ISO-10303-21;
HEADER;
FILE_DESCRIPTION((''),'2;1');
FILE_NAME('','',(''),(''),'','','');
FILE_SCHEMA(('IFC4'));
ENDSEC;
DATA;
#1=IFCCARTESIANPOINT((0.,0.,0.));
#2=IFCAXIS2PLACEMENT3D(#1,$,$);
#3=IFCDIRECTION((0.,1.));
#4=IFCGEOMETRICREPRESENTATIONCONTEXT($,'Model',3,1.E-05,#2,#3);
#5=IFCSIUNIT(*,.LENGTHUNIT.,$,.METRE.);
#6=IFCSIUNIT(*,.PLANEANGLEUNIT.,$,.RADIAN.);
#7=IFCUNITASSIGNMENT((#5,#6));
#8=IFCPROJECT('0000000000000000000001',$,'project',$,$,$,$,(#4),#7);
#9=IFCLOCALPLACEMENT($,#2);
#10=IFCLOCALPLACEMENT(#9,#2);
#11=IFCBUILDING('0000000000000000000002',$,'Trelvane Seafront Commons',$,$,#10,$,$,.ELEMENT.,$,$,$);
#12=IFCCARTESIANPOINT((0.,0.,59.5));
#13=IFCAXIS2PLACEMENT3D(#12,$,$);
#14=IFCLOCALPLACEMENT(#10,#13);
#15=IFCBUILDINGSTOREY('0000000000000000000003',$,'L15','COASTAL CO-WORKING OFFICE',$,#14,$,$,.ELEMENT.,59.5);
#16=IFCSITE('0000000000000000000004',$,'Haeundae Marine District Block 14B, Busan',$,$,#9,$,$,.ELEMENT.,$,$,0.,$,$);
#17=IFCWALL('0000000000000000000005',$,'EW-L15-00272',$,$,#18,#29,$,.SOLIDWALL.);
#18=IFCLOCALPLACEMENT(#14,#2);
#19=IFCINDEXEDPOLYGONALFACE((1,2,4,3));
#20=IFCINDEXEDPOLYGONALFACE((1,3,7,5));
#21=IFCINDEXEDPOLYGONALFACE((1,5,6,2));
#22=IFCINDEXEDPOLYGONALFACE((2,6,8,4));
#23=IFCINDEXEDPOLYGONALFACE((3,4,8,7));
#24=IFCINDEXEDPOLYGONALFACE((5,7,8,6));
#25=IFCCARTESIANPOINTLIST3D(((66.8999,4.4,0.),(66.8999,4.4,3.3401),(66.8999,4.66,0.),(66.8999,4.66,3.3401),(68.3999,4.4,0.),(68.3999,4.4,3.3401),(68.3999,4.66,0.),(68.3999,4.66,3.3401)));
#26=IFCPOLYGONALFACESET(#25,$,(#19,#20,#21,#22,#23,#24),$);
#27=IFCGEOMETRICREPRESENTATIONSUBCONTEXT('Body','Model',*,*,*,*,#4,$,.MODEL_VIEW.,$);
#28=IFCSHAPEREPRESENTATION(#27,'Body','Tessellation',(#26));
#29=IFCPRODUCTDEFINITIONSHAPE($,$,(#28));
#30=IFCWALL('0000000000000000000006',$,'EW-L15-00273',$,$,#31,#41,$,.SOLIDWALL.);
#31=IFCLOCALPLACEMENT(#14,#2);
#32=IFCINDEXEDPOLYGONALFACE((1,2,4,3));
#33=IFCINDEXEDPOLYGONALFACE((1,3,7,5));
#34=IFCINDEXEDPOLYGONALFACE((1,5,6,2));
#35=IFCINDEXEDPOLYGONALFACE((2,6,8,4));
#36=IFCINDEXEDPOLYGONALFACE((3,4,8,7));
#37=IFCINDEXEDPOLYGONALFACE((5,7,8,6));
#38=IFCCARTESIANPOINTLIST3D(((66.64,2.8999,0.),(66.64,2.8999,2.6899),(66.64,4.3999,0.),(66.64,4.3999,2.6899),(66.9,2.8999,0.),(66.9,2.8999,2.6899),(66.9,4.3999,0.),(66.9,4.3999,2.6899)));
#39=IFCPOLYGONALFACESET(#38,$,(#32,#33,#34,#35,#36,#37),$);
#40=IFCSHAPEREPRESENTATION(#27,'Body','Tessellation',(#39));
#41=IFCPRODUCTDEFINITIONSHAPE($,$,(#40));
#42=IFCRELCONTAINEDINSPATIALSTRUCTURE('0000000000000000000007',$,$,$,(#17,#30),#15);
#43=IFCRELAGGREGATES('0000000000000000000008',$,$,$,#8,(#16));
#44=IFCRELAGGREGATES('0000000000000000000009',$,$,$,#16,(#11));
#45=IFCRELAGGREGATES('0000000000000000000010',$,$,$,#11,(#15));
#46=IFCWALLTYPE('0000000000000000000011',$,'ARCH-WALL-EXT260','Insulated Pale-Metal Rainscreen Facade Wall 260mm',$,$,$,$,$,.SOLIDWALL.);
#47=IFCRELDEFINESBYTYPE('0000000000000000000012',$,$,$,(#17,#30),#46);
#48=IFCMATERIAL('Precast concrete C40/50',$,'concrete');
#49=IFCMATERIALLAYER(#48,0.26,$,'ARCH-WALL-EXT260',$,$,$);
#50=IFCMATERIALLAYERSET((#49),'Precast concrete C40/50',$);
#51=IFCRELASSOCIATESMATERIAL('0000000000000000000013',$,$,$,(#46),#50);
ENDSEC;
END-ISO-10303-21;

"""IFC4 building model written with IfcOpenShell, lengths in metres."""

from ifc_helpers import new_model, si_unit, direction, frame, frame_2d, origin, place, context, subcontext, project, spatial, rectangle, extrude, material, layer, layer_set, type_object, element, save


model = new_model("IFC4")

# Units and contexts
model_context = context("Model", 3, precision=1e-05, world=origin(), true_north=direction((0.0, 1.0)))
body_context = subcontext(model_context, "Body", "Model", "MODEL_VIEW")
ifc_project = project(units=[si_unit("LENGTHUNIT", "METRE"), si_unit("PLANEANGLEUNIT", "RADIAN")], contexts=[model_context])

# Site, building, storey
site_placement = place(None, origin())
site = spatial("IfcSite", under=ifc_project, at=site_placement, Name="Haeundae Marine District Block 14B, Busan", CompositionType="ELEMENT", RefElevation=0.0)
building_placement = place(site_placement, origin())
building = spatial("IfcBuilding", under=site, at=building_placement, Name="Trelvane Seafront Commons", CompositionType="ELEMENT")
storey_placement = place(building_placement, frame((0.0, 0.0, 59.5)))
storey = spatial("IfcBuildingStorey", under=building, at=storey_placement, Name="L15", Description="COASTAL CO-WORKING OFFICE", CompositionType="ELEMENT", Elevation=59.5)

# Walls
ifc_material_1 = material(Name="Precast concrete C40/50", Category="concrete")
ifc_layer_1 = layer(ifc_material_1, 0.26, Name="ARCH-WALL-EXT260")
ifc_layer_set_1 = layer_set([ifc_layer_1], Name="Precast concrete C40/50")
wall_type_1 = type_object("IfcWallType", Name="ARCH-WALL-EXT260", Description="Insulated Pale-Metal Rainscreen Facade Wall 260mm", PredefinedType="SOLIDWALL", material=ifc_layer_set_1)
for number, where, z_axis, x_axis, name in (
    (1, (68.3999, 4.53, 0.0), (0.0, 0.0, 1.0), (-1.0, 0.0, 0.0), "EW-L15-00272"),
):
    element("IfcWall", number, at=place(storey_placement, frame(where, z_axis=z_axis, x_axis=x_axis)), inside=storey, type_object=wall_type_1, Name=name, PredefinedType="SOLIDWALL", context=body_context, shape_type="SweptSolid", body=[
        extrude(rectangle(XDim=1.5, YDim=0.26, at=frame_2d((0.75, 0.0))), origin(), (0.0, 0.0, 1.0), 3.3401),
    ])
wall_1_placement = place(storey_placement, frame((66.77, 4.3999, 0.0), z_axis=(0.0, 0.0, 1.0), x_axis=(0.0, -1.0, 0.0)))
element("IfcWall", 2, at=wall_1_placement, inside=storey, type_object=wall_type_1, Name="EW-L15-00273", PredefinedType="SOLIDWALL", context=body_context, shape_type="SweptSolid", body=[
    extrude(rectangle(XDim=1.5, YDim=0.26, at=frame_2d((0.75, 0.0))), origin(), (0.0, 0.0, 1.0), 2.6899),
])

save(model, "model.ifc")
